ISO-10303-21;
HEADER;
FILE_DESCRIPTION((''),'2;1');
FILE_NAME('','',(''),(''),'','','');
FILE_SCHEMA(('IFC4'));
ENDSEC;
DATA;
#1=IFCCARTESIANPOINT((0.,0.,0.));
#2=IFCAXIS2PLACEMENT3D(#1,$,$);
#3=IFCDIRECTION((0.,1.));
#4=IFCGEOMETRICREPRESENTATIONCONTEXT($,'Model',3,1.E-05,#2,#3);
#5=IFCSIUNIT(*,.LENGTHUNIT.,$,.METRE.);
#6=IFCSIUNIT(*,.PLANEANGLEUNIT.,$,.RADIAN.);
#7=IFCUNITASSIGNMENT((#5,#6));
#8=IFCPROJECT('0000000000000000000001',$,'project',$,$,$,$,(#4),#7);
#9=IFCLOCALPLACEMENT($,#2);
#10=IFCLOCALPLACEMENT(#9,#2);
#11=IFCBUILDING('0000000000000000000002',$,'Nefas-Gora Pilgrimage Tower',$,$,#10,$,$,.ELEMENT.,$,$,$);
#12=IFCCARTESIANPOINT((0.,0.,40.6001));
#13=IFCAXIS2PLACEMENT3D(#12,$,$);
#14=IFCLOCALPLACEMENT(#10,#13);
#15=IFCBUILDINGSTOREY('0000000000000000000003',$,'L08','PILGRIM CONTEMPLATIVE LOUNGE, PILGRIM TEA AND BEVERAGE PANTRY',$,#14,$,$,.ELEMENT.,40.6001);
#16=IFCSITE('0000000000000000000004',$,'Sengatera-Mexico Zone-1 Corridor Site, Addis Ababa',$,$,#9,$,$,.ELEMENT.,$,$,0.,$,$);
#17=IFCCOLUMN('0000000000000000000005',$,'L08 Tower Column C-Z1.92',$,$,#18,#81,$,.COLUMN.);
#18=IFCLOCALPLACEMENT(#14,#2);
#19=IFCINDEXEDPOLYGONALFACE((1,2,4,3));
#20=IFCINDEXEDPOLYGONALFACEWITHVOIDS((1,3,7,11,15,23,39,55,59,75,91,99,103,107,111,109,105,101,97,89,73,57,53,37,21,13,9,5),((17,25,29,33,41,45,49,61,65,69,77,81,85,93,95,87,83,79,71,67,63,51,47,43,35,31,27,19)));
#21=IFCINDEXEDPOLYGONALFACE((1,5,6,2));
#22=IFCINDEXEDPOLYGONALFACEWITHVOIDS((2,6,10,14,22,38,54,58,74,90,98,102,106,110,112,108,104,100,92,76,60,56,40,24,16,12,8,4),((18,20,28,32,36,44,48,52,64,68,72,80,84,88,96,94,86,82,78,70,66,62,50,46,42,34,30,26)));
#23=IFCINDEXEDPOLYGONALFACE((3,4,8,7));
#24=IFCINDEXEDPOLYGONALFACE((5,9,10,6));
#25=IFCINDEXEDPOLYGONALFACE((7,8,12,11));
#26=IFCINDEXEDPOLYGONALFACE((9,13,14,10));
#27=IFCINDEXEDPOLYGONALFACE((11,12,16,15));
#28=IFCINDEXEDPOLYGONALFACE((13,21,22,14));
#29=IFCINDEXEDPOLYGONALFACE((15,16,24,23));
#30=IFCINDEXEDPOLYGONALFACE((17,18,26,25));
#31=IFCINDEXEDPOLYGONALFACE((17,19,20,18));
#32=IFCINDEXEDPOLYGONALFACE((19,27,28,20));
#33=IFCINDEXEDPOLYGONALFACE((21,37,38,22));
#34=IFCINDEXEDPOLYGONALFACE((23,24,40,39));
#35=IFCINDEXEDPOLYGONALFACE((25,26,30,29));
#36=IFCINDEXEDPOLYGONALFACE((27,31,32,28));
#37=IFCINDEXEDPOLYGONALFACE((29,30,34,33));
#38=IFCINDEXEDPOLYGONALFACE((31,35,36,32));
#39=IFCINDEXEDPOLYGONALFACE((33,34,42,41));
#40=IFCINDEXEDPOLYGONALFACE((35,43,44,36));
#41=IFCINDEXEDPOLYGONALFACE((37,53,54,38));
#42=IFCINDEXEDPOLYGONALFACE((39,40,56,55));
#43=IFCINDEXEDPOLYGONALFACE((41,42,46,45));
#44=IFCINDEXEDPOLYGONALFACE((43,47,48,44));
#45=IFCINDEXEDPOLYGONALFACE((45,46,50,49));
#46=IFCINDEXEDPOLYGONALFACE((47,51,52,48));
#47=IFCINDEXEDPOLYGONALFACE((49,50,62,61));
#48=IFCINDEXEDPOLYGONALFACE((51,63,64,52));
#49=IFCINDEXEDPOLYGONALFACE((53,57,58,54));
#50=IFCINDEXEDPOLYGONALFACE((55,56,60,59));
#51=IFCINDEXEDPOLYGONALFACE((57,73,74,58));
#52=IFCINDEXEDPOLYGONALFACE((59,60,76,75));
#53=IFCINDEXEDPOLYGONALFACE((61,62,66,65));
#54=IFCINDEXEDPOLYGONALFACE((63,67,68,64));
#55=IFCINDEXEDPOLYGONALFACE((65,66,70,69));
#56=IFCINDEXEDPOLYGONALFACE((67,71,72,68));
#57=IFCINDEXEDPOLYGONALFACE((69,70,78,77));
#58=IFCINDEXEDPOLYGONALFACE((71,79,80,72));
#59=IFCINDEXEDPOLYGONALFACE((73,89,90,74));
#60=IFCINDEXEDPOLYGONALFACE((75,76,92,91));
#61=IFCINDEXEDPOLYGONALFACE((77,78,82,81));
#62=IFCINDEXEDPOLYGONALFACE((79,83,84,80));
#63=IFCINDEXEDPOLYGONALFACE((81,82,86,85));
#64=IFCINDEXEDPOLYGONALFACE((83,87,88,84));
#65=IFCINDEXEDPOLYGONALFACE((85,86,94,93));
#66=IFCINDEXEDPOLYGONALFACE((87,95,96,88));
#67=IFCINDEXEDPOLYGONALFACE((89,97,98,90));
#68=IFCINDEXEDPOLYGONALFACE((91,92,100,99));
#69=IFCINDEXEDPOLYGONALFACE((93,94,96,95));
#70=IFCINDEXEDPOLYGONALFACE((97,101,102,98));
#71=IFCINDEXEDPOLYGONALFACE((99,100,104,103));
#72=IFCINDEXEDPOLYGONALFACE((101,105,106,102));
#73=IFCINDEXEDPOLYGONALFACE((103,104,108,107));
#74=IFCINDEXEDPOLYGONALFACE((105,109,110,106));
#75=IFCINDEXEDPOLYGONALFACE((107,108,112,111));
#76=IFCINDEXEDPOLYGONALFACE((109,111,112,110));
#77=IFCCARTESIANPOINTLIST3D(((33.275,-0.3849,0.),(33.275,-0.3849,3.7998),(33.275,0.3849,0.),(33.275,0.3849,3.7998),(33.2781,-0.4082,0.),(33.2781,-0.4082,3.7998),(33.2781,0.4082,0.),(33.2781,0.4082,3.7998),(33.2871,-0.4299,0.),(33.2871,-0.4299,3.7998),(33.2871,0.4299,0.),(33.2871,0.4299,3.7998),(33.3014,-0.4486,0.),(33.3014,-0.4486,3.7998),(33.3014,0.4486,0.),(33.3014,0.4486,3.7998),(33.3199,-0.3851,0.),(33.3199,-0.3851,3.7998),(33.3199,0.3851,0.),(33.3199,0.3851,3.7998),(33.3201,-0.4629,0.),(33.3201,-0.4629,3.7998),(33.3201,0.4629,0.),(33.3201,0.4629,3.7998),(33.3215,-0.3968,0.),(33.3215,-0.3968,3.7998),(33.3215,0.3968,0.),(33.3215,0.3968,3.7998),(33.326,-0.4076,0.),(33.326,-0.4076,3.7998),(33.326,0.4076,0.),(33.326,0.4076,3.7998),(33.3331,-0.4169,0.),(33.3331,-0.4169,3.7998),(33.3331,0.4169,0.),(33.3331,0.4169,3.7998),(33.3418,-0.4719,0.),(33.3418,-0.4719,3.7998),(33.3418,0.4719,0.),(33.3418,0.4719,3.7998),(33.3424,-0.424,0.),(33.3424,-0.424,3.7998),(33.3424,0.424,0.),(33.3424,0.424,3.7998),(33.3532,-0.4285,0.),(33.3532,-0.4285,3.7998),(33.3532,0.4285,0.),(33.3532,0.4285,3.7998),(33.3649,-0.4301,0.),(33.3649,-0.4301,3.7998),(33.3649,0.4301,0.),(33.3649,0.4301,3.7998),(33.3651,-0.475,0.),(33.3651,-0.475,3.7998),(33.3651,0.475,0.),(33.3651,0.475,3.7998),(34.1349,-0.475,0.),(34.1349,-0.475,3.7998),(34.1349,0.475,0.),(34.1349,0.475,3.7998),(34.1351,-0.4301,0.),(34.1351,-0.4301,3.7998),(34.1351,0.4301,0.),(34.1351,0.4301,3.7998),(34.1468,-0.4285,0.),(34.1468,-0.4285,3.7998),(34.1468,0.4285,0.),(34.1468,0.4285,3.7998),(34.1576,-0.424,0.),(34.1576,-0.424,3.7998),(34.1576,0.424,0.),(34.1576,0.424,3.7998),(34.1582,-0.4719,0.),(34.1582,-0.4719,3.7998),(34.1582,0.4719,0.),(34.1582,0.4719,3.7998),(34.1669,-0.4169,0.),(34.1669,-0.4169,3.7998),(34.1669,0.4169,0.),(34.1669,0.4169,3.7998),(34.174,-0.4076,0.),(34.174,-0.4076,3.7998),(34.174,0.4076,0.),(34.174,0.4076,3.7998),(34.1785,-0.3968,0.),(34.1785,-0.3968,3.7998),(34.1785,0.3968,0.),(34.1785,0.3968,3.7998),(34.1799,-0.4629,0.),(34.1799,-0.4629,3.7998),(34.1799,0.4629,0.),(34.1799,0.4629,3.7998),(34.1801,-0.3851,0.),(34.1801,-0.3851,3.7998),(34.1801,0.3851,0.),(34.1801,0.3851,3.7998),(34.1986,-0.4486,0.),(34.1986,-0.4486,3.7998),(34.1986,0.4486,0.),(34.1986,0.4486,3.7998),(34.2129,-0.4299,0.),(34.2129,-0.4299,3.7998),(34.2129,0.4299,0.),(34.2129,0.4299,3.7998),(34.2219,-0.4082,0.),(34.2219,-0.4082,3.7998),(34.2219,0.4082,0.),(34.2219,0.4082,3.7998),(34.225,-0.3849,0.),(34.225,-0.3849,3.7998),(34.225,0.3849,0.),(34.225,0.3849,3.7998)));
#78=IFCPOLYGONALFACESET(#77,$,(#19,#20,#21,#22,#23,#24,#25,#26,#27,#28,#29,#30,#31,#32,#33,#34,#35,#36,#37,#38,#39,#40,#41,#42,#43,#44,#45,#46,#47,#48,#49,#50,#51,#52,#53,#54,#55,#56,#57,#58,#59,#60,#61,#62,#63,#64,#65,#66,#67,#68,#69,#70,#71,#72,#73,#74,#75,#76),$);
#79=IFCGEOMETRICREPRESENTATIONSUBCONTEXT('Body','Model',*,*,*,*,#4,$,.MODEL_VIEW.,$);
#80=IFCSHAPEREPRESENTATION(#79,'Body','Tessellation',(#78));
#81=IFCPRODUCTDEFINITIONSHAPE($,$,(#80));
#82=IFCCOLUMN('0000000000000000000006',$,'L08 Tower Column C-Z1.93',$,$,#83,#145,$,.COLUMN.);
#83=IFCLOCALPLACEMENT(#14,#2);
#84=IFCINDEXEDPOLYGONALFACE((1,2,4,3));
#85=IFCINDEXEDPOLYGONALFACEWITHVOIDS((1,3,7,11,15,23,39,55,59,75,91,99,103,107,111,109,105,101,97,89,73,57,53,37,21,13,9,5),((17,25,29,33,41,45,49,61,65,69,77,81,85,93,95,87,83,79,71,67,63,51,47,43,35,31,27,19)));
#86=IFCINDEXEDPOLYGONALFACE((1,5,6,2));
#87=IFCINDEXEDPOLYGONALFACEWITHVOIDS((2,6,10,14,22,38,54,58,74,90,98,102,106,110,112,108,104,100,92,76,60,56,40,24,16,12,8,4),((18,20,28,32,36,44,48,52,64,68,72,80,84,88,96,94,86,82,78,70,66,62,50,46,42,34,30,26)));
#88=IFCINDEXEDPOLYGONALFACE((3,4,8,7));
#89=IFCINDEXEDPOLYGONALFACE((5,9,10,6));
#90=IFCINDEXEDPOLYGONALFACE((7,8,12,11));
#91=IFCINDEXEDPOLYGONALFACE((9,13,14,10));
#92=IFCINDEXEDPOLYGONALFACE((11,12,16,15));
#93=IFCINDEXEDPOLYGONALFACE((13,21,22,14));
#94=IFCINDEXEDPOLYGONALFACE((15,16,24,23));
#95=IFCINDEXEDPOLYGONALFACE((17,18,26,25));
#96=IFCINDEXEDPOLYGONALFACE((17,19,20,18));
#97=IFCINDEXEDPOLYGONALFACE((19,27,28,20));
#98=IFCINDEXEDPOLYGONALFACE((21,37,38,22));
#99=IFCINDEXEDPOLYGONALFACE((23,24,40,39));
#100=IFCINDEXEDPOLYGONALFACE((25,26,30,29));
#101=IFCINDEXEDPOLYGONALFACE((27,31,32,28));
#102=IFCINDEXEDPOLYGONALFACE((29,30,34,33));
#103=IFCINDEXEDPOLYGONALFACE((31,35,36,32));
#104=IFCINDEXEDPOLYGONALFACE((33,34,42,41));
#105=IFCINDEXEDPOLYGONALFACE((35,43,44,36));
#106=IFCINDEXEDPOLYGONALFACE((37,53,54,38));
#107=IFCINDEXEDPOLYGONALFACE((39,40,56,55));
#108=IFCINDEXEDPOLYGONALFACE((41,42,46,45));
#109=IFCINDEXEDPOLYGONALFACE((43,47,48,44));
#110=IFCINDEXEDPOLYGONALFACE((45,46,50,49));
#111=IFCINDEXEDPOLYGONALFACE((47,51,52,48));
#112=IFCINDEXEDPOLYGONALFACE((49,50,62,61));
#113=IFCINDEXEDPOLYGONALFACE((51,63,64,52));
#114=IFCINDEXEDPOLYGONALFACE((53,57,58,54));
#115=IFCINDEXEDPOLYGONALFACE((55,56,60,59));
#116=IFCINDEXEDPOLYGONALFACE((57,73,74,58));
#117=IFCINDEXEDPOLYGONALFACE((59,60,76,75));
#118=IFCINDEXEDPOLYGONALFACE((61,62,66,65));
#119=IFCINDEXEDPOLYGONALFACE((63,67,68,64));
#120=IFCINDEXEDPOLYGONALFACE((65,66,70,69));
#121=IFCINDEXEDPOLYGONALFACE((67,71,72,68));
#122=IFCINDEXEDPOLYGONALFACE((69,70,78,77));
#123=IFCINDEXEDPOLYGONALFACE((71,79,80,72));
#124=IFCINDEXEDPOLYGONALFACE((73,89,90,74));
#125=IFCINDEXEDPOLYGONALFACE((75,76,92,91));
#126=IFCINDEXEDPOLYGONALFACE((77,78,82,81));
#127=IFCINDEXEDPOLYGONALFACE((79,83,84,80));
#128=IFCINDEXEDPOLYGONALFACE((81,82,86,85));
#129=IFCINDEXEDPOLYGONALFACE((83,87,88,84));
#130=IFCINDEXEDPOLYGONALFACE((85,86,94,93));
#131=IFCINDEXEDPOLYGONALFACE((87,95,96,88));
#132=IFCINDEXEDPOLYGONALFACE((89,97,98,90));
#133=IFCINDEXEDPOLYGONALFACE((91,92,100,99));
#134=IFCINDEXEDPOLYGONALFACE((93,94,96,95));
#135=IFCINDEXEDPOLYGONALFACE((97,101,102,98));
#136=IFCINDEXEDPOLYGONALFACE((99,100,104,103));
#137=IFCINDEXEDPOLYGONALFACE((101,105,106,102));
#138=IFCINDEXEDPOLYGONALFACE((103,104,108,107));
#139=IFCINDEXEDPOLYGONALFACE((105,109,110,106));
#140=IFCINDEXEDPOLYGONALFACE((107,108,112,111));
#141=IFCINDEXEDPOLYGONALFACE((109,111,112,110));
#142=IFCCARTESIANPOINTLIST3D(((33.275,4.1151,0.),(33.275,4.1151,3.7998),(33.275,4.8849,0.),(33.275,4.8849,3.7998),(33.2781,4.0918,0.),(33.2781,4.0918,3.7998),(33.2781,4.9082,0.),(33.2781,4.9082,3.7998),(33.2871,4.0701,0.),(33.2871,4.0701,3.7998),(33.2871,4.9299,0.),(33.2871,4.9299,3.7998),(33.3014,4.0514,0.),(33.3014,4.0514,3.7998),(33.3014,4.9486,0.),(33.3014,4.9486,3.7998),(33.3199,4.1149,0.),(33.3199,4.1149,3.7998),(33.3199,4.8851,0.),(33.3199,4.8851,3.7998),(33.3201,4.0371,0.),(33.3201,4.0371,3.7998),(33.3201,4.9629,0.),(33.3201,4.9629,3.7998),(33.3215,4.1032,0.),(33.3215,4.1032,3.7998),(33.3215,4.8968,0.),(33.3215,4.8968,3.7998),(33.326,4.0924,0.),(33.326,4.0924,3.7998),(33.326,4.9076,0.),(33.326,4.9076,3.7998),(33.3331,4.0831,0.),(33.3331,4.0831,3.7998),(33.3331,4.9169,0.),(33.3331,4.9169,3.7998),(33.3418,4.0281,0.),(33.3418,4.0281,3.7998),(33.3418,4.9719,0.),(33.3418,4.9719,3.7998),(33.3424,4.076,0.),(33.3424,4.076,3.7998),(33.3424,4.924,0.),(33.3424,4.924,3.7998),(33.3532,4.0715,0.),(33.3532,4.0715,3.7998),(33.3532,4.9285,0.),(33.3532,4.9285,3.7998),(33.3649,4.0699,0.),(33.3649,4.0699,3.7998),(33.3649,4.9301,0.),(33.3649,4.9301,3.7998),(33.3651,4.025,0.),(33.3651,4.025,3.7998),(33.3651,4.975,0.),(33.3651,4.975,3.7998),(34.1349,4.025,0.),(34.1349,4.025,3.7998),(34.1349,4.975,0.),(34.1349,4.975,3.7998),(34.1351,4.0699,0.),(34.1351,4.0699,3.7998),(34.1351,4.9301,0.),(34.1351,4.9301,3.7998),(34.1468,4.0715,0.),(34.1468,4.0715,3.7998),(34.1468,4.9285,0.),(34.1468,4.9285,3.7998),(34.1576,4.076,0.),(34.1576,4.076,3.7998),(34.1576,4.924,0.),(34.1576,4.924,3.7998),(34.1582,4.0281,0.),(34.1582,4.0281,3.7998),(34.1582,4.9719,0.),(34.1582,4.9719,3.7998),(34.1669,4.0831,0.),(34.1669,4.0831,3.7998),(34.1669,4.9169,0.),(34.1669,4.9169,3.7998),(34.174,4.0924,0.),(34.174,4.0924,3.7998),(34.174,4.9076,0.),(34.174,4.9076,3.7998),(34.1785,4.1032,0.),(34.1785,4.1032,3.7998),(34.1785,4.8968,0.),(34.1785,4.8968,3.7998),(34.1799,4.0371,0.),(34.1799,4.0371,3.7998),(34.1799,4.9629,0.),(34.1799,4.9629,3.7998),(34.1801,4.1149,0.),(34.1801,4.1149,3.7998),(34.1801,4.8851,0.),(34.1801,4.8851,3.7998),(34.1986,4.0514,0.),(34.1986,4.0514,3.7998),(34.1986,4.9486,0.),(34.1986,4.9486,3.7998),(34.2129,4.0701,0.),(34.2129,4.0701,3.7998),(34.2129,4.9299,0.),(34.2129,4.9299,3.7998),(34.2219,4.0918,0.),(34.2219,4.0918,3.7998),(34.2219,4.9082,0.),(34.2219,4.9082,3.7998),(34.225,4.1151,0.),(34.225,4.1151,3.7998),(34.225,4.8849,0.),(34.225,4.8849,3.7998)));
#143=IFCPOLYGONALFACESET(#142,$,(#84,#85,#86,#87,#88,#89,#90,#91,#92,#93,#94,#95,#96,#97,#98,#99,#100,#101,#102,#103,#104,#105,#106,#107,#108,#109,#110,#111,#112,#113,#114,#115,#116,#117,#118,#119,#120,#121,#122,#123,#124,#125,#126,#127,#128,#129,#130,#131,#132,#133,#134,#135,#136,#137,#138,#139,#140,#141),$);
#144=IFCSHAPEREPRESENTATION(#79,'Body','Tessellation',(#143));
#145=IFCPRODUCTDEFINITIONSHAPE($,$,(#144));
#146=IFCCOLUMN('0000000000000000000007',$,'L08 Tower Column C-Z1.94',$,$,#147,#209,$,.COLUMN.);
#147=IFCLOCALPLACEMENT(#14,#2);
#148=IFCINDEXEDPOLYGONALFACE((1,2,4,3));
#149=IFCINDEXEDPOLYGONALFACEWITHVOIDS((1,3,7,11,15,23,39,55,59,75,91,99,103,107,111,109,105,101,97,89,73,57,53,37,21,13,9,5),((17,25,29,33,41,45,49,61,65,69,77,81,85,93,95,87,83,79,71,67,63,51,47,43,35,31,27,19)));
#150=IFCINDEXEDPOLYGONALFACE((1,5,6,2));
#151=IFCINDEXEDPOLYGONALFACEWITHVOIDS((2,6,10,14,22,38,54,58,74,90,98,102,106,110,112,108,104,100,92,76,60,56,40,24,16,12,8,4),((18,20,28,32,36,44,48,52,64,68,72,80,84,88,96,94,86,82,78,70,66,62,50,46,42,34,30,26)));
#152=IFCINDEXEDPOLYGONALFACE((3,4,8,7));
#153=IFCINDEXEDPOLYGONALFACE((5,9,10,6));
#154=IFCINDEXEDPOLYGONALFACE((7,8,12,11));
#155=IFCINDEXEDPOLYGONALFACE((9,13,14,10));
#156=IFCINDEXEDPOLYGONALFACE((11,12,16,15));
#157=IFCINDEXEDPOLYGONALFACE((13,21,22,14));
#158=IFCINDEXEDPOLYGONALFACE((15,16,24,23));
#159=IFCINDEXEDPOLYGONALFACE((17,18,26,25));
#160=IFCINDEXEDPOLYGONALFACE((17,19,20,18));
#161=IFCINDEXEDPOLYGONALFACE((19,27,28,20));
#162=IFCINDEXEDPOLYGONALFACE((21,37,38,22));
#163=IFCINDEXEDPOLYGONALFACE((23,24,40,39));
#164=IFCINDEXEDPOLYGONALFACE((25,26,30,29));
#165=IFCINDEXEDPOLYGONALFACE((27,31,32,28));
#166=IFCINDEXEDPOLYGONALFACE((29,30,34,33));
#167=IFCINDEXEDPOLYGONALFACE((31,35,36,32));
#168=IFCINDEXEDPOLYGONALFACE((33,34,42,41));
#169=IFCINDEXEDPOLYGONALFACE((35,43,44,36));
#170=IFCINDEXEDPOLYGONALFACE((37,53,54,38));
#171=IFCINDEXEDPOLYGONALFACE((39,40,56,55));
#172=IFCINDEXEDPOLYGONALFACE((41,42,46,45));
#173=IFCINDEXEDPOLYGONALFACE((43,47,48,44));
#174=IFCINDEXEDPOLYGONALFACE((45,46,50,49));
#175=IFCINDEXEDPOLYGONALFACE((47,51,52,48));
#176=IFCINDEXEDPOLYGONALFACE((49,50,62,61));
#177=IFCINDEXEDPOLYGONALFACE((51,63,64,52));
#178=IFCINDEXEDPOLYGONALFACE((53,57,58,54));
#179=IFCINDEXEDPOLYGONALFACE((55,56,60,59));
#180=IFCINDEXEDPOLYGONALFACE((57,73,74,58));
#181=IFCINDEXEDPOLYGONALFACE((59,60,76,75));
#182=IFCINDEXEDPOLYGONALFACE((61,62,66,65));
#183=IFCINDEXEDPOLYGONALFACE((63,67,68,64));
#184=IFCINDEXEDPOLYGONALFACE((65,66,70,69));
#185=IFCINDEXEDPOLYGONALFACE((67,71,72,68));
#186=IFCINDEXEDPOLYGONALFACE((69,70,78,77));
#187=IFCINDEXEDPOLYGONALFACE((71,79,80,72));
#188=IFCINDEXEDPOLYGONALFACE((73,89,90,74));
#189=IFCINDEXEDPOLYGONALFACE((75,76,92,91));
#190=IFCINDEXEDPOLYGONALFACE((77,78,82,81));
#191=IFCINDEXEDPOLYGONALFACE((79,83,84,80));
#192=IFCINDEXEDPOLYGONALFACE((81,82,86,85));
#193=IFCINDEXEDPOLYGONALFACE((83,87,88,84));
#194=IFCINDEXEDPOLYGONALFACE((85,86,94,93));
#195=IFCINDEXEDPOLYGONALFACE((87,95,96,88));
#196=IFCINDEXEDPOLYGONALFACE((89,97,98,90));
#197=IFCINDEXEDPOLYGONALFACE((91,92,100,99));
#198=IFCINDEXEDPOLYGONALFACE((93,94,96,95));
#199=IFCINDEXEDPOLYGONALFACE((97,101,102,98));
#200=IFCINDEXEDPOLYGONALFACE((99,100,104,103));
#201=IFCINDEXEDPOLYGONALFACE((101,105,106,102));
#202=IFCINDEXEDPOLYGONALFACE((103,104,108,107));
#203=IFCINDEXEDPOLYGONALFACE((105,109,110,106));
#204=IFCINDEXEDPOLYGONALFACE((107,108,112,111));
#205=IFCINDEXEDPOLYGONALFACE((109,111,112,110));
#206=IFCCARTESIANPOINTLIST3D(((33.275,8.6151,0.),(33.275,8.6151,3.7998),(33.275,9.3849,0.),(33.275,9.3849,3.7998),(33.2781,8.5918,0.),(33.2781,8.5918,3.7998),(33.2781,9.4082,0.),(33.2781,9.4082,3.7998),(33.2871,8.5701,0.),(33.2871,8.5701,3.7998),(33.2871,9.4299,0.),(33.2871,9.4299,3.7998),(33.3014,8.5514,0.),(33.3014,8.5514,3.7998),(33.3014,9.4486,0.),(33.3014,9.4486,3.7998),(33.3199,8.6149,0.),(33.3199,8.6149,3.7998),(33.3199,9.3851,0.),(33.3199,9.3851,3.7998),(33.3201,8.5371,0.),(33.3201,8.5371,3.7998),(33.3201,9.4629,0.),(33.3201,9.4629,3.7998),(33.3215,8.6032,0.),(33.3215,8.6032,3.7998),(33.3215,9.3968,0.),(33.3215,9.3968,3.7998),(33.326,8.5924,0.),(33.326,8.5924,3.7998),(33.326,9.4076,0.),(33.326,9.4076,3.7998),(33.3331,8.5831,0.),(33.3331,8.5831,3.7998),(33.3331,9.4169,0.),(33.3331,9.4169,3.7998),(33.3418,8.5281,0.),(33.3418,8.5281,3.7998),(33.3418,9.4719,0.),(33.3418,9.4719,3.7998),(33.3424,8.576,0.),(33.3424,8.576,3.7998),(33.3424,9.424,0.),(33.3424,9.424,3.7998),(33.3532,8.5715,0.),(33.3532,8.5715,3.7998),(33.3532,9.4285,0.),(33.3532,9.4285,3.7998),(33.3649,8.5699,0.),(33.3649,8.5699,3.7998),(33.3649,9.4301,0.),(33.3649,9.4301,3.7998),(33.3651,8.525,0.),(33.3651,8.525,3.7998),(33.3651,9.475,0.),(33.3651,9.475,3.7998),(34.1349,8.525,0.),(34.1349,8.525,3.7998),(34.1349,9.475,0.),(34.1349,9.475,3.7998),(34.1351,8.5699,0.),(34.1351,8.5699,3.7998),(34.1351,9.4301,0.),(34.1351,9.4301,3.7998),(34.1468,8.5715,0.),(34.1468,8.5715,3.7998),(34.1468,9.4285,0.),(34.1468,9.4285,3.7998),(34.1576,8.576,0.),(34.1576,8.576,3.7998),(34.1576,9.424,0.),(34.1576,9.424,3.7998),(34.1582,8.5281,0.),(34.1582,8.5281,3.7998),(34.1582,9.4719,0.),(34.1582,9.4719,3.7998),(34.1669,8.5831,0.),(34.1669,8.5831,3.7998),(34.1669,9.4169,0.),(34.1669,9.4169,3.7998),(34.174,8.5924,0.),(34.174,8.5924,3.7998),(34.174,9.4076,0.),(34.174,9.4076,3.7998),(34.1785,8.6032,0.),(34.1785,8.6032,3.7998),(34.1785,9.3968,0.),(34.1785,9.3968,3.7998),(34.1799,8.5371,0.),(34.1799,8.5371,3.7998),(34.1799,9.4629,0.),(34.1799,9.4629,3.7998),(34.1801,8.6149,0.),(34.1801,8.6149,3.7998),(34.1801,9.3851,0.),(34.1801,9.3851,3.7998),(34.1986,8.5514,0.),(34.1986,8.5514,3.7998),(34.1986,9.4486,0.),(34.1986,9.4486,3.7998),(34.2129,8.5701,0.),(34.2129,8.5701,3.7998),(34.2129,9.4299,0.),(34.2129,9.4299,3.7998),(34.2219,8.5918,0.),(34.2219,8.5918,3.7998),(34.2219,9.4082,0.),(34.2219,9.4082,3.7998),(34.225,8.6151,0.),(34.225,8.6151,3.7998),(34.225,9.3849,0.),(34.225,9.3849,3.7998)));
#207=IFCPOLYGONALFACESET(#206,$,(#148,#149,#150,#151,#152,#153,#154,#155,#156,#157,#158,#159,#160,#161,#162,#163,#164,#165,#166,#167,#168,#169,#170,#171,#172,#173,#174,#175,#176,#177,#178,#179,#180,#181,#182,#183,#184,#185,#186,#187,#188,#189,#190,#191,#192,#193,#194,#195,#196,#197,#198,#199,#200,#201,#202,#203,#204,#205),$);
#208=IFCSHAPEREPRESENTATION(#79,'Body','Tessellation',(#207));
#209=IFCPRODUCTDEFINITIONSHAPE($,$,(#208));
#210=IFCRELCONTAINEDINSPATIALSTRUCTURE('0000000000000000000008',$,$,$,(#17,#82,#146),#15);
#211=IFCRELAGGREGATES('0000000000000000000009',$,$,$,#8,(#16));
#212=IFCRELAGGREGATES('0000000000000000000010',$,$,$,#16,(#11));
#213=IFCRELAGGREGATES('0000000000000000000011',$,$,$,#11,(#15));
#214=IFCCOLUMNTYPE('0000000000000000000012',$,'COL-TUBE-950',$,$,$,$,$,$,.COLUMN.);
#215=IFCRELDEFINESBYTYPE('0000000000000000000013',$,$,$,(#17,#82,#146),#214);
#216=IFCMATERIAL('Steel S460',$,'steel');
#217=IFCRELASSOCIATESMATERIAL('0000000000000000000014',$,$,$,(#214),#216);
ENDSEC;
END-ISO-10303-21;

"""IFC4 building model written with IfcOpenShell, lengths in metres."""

from ifc_helpers import new_model, si_unit, direction, frame, origin, origin_2d, place, context, subcontext, project, spatial, hollow_rectangle, extrude, source, transform, mapped, material, material_profile, profile_set, type_object, element, save


model = new_model("IFC4")

# Units and contexts
model_context = context("Model", 3, precision=1e-05, world=origin(), true_north=direction((0.0, 1.0)))
body_context = subcontext(model_context, "Body", "Model", "MODEL_VIEW")
ifc_project = project(units=[si_unit("LENGTHUNIT", "METRE"), si_unit("PLANEANGLEUNIT", "RADIAN")], contexts=[model_context])

# Site, building, storey
site_placement = place(None, origin())
site = spatial("IfcSite", under=ifc_project, at=site_placement, Name="Sengatera-Mexico Zone-1 Corridor Site, Addis Ababa", CompositionType="ELEMENT", RefElevation=0.0)
building_placement = place(site_placement, origin())
building = spatial("IfcBuilding", under=site, at=building_placement, Name="Nefas-Gora Pilgrimage Tower", CompositionType="ELEMENT")
storey_placement = place(building_placement, frame((0.0, 0.0, 40.6001)))
storey = spatial("IfcBuildingStorey", under=building, at=storey_placement, Name="L08", Description="PILGRIM CONTEMPLATIVE LOUNGE, PILGRIM TEA AND BEVERAGE PANTRY", CompositionType="ELEMENT", Elevation=40.6001)

# Columns
ifc_material_1 = material(Name="Steel S460", Category="steel")
ifc_material_profile_1 = material_profile(ifc_material_1, hollow_rectangle(XDim=0.95, YDim=0.95, WallThickness=0.0449, InnerFilletRadius=0.0449, OuterFilletRadius=0.0901, at=origin_2d()), Name="BOX 950x950x45")
ifc_profile_set_1 = profile_set([ifc_material_profile_1], Name="Steel S460")
column_type_1 = type_object("IfcColumnType", Name="COL-TUBE-950", PredefinedType="COLUMN", material=ifc_profile_set_1)
shared_shape_1 = source(origin(), body_context, "Body", "SweptSolid", [
    extrude(hollow_rectangle(XDim=0.95, YDim=0.95, WallThickness=0.0449, InnerFilletRadius=0.0449, OuterFilletRadius=0.0901, at=origin_2d()), origin(), (0.0, 0.0, 1.0), 3.7998),
])
for number, where, z_axis, x_axis, name in (
    (1, (33.75, 0.0, 0.0), (0.0, 0.0, 1.0), (1.0, 0.0, 0.0), "L08 Tower Column C-Z1.92"),
    (2, (33.75, 4.5, 0.0), (0.0, 0.0, 1.0), (1.0, 0.0, 0.0), "L08 Tower Column C-Z1.93"),
    (3, (33.75, 9.0, 0.0), (0.0, 0.0, 1.0), (1.0, 0.0, 0.0), "L08 Tower Column C-Z1.94"),
):
    element("IfcColumn", number, at=place(storey_placement, frame(where, z_axis=z_axis, x_axis=x_axis)), inside=storey, type_object=column_type_1, Name=name, PredefinedType="COLUMN", context=body_context, shape_type="MappedRepresentation", body=[
        mapped(shared_shape_1, transform((0.0, 0.0, 0.0), x_axis=(1.0, 0.0, 0.0), y_axis=(0.0, 1.0, 0.0), z_axis=(0.0, 0.0, 1.0), scale=1.0)),
    ])

save(model, "model.ifc")
